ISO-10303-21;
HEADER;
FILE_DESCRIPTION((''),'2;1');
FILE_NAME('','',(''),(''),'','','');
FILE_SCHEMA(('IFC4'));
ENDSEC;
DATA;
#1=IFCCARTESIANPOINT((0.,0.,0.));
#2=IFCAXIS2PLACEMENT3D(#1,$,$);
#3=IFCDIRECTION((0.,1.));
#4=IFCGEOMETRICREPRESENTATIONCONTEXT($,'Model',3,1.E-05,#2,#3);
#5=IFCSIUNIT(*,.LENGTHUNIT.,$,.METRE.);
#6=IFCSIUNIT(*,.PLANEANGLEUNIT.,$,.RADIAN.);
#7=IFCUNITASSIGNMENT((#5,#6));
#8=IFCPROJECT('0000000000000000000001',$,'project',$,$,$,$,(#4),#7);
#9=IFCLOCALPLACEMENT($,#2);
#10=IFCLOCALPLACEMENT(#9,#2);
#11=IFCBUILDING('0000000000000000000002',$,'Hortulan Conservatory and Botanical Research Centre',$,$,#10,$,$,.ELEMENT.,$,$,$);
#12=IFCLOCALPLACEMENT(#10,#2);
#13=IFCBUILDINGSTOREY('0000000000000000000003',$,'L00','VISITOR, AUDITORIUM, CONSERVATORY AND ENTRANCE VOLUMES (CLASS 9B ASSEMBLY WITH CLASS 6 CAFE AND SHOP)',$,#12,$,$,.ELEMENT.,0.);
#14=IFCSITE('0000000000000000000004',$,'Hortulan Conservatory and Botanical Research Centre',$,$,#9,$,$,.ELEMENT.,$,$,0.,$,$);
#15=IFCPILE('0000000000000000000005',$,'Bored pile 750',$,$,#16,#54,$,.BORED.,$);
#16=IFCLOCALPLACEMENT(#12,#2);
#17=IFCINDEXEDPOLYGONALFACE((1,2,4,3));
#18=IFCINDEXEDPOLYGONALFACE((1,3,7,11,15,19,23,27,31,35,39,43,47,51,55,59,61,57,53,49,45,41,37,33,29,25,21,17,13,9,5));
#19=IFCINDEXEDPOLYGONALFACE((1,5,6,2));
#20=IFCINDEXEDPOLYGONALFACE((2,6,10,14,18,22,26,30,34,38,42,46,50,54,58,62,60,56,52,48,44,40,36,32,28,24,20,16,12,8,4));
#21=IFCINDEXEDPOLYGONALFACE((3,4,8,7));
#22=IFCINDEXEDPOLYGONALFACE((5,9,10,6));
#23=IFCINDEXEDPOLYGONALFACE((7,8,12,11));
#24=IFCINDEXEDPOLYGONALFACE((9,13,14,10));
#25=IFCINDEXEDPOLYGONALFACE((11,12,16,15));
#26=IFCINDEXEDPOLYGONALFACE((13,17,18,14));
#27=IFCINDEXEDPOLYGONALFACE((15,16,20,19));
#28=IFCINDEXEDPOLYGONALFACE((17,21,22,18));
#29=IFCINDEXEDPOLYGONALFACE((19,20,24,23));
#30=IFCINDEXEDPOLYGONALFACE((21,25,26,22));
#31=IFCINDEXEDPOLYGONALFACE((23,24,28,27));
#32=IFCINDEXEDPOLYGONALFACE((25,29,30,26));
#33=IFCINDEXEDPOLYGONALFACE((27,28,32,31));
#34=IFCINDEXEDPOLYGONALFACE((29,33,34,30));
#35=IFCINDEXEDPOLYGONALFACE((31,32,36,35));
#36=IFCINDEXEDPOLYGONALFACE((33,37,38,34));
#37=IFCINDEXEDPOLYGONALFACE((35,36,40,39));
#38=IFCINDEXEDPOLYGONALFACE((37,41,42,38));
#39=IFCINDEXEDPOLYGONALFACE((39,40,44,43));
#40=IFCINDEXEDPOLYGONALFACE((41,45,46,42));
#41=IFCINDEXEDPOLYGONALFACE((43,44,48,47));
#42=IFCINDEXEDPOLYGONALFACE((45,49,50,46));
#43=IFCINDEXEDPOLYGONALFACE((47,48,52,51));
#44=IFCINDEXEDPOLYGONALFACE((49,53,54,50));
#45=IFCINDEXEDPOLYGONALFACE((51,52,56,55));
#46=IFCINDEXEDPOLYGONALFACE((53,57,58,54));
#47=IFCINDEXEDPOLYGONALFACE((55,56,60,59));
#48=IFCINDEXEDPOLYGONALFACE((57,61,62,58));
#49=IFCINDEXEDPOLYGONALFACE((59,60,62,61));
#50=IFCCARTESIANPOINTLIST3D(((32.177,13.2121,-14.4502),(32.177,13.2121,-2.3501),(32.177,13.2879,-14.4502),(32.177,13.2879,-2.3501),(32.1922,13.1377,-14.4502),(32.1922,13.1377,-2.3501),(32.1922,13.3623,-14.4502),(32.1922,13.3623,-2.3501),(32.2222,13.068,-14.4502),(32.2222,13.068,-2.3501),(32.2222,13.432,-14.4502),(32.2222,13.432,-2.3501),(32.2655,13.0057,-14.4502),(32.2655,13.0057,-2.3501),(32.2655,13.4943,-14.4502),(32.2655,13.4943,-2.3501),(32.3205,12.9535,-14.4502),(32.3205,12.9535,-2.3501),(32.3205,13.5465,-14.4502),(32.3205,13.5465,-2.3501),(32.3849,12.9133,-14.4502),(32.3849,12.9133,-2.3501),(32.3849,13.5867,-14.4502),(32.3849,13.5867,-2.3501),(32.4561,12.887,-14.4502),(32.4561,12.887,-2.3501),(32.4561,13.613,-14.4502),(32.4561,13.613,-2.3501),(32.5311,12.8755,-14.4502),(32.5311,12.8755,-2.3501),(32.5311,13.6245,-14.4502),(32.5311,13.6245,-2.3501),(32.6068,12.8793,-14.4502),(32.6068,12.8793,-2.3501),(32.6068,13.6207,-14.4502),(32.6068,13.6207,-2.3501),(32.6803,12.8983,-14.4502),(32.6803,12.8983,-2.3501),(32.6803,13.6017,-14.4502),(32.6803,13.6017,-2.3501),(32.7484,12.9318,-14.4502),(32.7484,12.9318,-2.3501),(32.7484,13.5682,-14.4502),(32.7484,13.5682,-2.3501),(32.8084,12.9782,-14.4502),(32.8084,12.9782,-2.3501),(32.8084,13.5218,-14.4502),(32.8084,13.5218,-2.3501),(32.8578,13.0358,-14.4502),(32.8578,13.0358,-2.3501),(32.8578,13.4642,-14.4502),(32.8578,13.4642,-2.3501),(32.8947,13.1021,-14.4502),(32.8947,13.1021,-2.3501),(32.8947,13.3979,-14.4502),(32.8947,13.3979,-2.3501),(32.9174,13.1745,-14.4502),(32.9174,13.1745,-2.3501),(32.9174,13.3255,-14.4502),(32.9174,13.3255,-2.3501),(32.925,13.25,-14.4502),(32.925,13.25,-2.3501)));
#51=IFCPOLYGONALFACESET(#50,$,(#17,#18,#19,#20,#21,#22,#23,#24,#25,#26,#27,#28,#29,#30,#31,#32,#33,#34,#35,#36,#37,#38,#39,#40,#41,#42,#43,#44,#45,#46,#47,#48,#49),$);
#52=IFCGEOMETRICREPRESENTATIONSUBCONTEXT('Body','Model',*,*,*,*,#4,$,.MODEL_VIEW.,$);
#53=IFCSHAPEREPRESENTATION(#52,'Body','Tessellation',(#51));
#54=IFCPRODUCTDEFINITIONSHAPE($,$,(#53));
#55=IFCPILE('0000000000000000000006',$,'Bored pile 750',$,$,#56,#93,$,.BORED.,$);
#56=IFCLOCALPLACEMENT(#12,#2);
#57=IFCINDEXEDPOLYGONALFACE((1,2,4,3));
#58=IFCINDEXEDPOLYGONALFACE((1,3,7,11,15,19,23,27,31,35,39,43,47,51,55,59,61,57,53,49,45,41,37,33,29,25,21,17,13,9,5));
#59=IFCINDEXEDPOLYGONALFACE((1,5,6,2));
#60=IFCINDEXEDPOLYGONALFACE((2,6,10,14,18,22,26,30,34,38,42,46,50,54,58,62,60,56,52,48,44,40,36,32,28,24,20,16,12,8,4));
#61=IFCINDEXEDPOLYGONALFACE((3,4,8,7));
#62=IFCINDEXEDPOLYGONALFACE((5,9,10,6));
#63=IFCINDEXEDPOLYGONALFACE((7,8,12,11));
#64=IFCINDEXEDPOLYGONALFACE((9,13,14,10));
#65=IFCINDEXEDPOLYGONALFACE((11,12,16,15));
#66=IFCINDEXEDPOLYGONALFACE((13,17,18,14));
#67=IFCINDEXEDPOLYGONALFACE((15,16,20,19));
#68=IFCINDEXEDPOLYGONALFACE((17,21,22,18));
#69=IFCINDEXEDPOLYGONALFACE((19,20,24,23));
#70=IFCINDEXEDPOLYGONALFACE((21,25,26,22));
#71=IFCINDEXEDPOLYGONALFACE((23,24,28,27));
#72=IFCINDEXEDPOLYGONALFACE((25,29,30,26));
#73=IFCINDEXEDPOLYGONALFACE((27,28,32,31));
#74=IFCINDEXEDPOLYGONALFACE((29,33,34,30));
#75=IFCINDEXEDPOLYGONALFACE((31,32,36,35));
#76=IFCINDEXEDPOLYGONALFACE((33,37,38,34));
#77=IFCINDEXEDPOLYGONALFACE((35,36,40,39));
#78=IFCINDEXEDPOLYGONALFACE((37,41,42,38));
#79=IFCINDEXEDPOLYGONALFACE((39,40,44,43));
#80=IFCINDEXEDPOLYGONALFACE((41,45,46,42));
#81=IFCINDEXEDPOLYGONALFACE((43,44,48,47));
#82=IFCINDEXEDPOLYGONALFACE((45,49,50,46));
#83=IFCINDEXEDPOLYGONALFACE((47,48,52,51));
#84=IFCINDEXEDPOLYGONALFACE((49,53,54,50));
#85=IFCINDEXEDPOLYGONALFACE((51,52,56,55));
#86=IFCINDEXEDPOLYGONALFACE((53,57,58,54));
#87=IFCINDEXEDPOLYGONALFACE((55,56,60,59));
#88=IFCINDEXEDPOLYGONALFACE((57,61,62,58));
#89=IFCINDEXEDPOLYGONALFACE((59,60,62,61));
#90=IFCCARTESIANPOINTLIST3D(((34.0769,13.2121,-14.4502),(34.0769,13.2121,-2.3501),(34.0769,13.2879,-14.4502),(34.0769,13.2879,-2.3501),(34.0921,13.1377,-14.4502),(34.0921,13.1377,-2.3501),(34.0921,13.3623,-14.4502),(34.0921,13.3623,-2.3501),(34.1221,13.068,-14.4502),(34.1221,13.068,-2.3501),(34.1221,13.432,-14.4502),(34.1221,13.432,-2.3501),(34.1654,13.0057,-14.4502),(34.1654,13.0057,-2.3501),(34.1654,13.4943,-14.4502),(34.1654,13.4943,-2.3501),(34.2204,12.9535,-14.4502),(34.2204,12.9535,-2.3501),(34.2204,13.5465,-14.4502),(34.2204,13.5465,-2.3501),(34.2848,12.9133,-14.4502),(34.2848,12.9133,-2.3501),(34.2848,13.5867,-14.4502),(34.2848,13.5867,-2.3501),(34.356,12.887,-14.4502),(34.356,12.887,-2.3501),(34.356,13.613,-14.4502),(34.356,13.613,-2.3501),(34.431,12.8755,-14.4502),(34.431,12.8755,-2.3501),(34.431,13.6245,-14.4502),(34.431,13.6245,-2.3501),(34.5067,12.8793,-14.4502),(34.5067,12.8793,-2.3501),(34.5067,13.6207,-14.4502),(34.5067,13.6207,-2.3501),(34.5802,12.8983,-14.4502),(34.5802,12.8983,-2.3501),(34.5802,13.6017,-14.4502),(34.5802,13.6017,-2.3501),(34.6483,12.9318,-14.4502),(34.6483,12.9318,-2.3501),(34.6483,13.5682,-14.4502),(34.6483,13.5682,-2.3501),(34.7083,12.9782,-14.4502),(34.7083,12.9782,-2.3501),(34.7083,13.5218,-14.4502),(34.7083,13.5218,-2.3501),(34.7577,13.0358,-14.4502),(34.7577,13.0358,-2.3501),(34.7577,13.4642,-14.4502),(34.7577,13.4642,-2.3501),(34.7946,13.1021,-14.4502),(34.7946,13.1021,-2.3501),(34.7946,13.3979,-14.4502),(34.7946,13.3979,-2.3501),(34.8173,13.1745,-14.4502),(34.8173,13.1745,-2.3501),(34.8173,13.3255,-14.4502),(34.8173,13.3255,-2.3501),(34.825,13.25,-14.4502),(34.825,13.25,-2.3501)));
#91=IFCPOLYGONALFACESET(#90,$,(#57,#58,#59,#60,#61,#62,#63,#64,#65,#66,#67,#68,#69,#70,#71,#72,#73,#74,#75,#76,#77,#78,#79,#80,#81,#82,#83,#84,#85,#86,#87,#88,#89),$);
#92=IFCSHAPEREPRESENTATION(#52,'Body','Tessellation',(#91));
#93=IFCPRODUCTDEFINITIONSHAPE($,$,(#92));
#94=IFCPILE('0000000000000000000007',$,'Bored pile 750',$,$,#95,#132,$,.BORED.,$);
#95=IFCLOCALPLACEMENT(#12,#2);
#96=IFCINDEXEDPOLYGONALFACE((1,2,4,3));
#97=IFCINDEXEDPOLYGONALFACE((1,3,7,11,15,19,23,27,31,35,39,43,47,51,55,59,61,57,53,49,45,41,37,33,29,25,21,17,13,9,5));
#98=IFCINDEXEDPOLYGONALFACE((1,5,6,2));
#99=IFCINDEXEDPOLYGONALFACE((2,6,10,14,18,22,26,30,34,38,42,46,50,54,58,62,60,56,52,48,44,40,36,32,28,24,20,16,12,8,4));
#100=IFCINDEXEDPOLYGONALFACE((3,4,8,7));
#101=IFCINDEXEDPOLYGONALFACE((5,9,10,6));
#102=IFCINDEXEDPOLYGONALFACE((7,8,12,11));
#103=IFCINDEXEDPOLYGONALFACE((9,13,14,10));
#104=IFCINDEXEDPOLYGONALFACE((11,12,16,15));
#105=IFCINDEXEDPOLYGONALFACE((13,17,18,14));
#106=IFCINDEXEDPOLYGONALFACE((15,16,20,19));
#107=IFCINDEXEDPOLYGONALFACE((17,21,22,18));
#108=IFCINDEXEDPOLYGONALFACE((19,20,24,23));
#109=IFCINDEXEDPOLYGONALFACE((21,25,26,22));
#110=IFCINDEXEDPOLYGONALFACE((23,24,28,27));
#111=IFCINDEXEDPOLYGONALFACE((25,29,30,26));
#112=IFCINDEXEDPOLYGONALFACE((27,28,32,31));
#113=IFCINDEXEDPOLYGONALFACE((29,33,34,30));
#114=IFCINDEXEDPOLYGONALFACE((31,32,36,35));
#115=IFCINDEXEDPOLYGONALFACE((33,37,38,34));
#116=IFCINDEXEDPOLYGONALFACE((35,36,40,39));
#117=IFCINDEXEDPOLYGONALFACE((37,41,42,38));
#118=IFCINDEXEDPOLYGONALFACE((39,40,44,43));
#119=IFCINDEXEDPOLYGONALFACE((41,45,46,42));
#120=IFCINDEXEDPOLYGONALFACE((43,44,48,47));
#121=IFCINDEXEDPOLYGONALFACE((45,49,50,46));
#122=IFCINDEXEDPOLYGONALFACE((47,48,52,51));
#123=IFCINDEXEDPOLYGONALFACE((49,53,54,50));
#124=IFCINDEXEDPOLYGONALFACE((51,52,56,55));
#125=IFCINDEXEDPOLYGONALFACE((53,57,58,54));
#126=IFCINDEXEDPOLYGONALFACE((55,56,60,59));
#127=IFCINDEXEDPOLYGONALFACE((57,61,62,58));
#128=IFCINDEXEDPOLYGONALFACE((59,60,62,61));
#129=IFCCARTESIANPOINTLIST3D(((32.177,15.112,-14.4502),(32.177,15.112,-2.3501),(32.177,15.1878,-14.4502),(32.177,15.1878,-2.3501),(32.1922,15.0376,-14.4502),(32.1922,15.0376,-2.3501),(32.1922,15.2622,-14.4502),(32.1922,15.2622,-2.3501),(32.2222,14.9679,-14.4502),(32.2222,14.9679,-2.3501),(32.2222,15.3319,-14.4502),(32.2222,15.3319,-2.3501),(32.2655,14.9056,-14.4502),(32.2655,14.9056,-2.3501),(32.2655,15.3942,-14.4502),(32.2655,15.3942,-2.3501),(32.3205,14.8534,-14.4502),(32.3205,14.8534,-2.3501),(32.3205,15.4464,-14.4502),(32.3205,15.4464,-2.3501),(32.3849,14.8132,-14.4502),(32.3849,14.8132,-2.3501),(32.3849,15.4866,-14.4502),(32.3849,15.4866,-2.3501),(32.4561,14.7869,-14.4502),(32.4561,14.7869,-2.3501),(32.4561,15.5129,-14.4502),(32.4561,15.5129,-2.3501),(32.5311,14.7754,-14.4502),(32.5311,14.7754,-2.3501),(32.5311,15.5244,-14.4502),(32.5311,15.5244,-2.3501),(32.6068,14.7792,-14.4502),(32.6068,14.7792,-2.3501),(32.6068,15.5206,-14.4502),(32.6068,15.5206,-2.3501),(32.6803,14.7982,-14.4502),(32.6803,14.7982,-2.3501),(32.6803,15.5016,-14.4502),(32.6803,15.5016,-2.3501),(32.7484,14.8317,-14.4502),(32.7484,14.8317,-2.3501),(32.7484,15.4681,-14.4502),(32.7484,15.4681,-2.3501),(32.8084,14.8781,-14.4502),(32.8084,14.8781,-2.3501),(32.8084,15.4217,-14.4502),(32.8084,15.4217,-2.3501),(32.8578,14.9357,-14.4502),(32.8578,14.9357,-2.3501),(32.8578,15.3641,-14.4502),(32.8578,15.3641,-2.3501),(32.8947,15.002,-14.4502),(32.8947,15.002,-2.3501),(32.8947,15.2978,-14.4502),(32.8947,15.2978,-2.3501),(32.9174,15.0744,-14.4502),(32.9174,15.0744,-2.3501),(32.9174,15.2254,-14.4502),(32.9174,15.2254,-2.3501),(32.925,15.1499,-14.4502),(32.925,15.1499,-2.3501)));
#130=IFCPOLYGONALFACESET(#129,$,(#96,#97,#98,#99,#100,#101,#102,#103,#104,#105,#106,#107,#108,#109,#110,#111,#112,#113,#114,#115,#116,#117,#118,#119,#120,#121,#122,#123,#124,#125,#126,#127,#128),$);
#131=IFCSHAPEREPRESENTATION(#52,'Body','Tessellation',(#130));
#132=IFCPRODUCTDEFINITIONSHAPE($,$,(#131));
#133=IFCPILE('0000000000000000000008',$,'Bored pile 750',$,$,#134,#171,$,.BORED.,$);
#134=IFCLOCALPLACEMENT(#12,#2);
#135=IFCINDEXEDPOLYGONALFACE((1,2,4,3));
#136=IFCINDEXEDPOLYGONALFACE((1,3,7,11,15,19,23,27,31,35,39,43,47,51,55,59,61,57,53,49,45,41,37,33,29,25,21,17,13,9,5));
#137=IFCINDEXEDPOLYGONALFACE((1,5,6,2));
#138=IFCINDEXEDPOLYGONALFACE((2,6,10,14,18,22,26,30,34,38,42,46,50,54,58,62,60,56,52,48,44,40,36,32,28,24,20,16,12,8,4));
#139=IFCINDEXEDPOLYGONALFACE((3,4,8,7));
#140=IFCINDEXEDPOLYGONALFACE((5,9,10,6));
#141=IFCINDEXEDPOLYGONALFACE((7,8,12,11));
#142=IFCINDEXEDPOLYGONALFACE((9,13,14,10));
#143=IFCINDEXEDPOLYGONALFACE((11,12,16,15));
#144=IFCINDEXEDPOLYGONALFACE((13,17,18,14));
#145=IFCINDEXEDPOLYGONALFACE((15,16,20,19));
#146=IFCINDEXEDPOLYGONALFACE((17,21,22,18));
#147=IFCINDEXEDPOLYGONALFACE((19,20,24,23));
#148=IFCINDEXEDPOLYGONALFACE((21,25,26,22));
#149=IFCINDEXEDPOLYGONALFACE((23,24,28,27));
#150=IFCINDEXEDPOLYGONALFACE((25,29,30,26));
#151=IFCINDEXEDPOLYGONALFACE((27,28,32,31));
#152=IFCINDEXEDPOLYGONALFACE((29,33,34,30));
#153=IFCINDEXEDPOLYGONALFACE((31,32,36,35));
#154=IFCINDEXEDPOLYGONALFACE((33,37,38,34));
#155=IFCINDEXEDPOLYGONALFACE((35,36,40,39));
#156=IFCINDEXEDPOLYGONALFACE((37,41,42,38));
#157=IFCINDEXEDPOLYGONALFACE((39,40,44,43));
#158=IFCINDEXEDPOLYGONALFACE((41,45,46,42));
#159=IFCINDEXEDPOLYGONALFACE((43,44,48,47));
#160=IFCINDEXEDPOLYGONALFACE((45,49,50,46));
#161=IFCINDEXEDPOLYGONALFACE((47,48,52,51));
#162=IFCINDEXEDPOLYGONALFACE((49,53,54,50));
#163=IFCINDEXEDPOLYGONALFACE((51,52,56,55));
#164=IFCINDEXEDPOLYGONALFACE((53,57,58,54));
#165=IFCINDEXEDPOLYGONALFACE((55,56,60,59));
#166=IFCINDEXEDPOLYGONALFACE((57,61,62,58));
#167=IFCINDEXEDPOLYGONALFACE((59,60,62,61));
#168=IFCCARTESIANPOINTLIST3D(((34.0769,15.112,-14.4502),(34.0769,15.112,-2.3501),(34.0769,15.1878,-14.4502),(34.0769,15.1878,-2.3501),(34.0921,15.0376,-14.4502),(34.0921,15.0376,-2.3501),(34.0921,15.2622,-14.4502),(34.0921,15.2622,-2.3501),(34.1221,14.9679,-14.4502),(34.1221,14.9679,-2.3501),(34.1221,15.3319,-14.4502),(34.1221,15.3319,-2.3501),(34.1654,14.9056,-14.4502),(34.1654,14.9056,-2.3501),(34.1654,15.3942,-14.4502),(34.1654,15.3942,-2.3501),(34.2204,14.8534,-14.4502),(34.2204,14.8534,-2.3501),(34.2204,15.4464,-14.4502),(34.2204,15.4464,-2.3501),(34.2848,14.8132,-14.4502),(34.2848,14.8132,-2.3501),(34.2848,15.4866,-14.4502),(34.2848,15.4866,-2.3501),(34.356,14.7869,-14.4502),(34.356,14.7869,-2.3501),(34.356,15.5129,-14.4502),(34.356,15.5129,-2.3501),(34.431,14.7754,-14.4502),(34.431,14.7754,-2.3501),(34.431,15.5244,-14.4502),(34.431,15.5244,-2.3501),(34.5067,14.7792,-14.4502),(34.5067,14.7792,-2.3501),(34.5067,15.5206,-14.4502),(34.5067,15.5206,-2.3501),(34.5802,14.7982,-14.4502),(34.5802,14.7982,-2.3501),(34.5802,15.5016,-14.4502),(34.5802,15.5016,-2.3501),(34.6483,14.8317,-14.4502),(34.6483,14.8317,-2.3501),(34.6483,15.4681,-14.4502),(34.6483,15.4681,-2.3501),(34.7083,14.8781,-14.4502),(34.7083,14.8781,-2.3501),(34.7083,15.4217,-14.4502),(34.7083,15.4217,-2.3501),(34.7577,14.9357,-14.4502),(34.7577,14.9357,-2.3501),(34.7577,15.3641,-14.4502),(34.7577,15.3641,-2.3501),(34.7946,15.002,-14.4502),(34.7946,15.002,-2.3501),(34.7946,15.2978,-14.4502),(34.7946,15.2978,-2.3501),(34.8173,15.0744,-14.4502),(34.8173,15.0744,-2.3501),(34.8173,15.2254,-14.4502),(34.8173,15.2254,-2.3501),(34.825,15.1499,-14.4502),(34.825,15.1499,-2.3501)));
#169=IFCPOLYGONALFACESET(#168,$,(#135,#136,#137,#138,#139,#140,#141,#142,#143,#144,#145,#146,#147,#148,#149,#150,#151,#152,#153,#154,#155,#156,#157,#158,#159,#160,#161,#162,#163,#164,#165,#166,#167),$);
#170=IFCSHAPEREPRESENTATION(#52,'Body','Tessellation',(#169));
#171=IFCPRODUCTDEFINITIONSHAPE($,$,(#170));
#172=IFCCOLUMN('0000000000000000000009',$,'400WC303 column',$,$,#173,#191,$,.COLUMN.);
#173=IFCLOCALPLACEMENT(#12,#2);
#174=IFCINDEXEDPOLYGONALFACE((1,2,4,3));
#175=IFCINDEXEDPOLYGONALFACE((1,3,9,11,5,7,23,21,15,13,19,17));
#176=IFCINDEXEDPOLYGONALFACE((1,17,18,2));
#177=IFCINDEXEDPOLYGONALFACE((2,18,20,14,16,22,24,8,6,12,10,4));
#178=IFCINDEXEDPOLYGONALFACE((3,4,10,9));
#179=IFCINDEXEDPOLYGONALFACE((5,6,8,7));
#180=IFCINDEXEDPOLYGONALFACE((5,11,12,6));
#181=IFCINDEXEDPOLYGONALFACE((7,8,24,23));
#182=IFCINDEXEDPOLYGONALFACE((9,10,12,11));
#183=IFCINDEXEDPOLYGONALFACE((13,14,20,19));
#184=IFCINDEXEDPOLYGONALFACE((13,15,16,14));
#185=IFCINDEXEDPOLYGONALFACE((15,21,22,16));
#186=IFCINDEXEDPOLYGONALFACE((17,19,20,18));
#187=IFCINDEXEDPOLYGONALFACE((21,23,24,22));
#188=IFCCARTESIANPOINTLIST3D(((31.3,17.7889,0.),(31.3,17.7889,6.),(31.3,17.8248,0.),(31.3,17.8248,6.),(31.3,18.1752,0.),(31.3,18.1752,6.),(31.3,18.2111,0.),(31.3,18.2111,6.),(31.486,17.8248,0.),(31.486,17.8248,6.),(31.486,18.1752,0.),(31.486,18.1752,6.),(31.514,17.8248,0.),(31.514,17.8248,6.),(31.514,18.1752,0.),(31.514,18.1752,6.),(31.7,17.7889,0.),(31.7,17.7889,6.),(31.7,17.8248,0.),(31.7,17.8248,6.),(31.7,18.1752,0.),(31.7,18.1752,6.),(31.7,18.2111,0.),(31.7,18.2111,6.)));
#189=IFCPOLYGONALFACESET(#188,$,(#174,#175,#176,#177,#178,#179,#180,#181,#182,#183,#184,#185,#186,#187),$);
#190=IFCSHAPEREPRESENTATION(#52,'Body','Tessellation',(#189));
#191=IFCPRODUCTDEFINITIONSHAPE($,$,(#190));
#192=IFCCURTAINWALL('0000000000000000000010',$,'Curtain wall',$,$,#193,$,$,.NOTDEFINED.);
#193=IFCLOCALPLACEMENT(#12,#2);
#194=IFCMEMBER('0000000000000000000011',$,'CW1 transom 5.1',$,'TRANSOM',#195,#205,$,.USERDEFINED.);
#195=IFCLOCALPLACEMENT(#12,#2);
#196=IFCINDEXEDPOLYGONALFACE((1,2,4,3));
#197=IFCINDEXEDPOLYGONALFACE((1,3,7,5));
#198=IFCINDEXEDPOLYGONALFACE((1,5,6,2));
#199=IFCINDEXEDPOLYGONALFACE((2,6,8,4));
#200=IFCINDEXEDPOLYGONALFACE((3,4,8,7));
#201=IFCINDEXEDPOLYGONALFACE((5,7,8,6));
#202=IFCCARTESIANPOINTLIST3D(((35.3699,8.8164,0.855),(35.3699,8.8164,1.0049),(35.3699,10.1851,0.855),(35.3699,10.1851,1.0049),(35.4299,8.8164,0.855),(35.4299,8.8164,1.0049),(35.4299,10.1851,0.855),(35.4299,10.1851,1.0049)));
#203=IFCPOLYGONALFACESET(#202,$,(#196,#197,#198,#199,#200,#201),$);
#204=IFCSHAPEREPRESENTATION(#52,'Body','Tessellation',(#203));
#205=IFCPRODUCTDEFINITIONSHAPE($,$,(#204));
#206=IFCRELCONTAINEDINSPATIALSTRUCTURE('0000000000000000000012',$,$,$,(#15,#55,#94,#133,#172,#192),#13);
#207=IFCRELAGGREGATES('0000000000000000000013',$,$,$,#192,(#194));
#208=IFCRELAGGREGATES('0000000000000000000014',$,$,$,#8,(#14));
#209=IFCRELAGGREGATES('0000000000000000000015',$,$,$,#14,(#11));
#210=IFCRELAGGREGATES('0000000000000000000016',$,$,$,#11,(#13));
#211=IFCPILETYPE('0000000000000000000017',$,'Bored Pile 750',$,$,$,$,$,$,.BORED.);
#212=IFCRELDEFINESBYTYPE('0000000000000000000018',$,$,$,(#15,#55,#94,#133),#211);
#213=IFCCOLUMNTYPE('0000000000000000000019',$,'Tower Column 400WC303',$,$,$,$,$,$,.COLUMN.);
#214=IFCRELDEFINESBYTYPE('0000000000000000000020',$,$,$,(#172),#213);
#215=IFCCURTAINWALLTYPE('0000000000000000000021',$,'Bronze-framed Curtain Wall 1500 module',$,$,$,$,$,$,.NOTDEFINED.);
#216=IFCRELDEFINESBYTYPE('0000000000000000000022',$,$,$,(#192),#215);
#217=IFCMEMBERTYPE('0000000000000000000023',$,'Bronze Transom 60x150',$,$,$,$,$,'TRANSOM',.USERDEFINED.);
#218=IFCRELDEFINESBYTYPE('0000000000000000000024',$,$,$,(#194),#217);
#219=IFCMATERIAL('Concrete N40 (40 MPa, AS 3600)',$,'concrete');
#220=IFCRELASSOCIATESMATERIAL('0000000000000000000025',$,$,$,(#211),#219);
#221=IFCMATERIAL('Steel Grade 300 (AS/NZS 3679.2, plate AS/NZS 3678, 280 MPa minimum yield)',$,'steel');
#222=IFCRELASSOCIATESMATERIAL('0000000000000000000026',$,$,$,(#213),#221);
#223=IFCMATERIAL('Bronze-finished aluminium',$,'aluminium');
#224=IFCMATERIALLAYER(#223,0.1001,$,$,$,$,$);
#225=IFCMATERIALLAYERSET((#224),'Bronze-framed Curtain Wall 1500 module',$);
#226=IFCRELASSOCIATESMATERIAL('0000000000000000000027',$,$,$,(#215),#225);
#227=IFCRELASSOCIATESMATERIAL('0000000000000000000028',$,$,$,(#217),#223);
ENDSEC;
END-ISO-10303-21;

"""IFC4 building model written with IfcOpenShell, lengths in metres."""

from ifc_helpers import new_model, si_unit, direction, frame, origin, origin_2d, place, context, subcontext, project, spatial, rectangle, circle, i_section, extrude, material, layer, layer_set, material_profile, profile_set, type_object, element, aggregate, save


model = new_model("IFC4")

# Units and contexts
model_context = context("Model", 3, precision=1e-05, world=origin(), true_north=direction((0.0, 1.0)))
body_context = subcontext(model_context, "Body", "Model", "MODEL_VIEW")
ifc_project = project(units=[si_unit("LENGTHUNIT", "METRE"), si_unit("PLANEANGLEUNIT", "RADIAN")], contexts=[model_context])

# Site, building, storey
site_placement = place(None, origin())
site = spatial("IfcSite", under=ifc_project, at=site_placement, Name="Hortulan Conservatory and Botanical Research Centre", CompositionType="ELEMENT", RefElevation=0.0)
building_placement = place(site_placement, origin())
building = spatial("IfcBuilding", under=site, at=building_placement, Name="Hortulan Conservatory and Botanical Research Centre", CompositionType="ELEMENT")
storey_placement = place(building_placement, origin())
storey = spatial("IfcBuildingStorey", under=building, at=storey_placement, Name="L00", Description="VISITOR, AUDITORIUM, CONSERVATORY AND ENTRANCE VOLUMES (CLASS 9B ASSEMBLY WITH CLASS 6 CAFE AND SHOP)", CompositionType="ELEMENT", Elevation=0.0)

# Piles
ifc_material_1 = material(Name="Concrete N40 (40 MPa, AS 3600)", Category="concrete")
ifc_material_profile_1 = material_profile(ifc_material_1, circle(Radius=0.375, at=origin_2d()), Name="Bored pile 750 diameter")
ifc_profile_set_1 = profile_set([ifc_material_profile_1], Name="Concrete N40 (40 MPa, AS 3600)")
pile_type = type_object("IfcPileType", Name="Bored Pile 750", PredefinedType="BORED", material=ifc_profile_set_1)
for number, where, z_axis, x_axis, name in (
    (1, (32.55, 13.25, -2.3501), (0.0, 0.0, -1.0), (1.0, 0.0, 0.0), "Bored pile 750"),
    (2, (34.45, 13.25, -2.3501), (0.0, 0.0, -1.0), (1.0, 0.0, 0.0), "Bored pile 750"),
    (3, (32.55, 15.1499, -2.3501), (0.0, 0.0, -1.0), (1.0, 0.0, 0.0), "Bored pile 750"),
    (4, (34.45, 15.1499, -2.3501), (0.0, 0.0, -1.0), (1.0, 0.0, 0.0), "Bored pile 750"),
):
    element("IfcPile", number, at=place(storey_placement, frame(where, z_axis=z_axis, x_axis=x_axis)), inside=storey, type_object=pile_type, Name=name, PredefinedType="BORED", context=body_context, shape_type="SweptSolid", body=[
        extrude(circle(Radius=0.375, at=origin_2d()), origin(), (0.0, 0.0, 1.0), 12.1001),
    ])

# Column
ifc_material_2 = material(Name="Steel Grade 300 (AS/NZS 3679.2, plate AS/NZS 3678, 280 MPa minimum yield)", Category="steel")
ifc_material_profile_2 = material_profile(ifc_material_2, i_section(OverallWidth=0.3999, OverallDepth=0.4221, WebThickness=0.0281, FlangeThickness=0.0359, at=origin_2d()), Name="400WC303")
ifc_profile_set_2 = profile_set([ifc_material_profile_2], Name="Steel Grade 300 (AS/NZS 3679.2, plate AS/NZS 3678, 280 MPa minimum yield)")
column_type = type_object("IfcColumnType", Name="Tower Column 400WC303", PredefinedType="COLUMN", material=ifc_profile_set_2)
column_placement = place(storey_placement, frame((31.5, 18.0, 0.0), z_axis=(0.0, 0.0, 1.0), x_axis=(1.0, 0.0, 0.0)))
element("IfcColumn", 5, at=column_placement, inside=storey, type_object=column_type, Name="400WC303 column", PredefinedType="COLUMN", context=body_context, shape_type="SweptSolid", body=[
    extrude(i_section(OverallWidth=0.3999, OverallDepth=0.4221, WebThickness=0.0281, FlangeThickness=0.0359, at=origin_2d()), origin(), (0.0, 0.0, 1.0), 6.0),
])

# Curtain wall, member
ifc_material_3 = material(Name="Bronze-finished aluminium", Category="aluminium")
ifc_layer_1 = layer(ifc_material_3, 0.1001)
ifc_layer_set_1 = layer_set([ifc_layer_1], Name="Bronze-framed Curtain Wall 1500 module")
curtain_wall_type = type_object("IfcCurtainWallType", Name="Bronze-framed Curtain Wall 1500 module", PredefinedType="NOTDEFINED", material=ifc_layer_set_1)
curtain_wall_placement = place(storey_placement, origin())
curtain_wall = element("IfcCurtainWall", 6, at=curtain_wall_placement, inside=storey, type_object=curtain_wall_type, Name="Curtain wall", PredefinedType="NOTDEFINED")
ifc_material_profile_3 = material_profile(ifc_material_3, rectangle(XDim=0.0601, YDim=0.1499, at=origin_2d()), Name="Bronze Transom 60x150")
ifc_profile_set_3 = profile_set([ifc_material_profile_3], Name="Bronze-finished aluminium")
member_type = type_object("IfcMemberType", Name="Bronze Transom 60x150", ElementType="TRANSOM", PredefinedType="USERDEFINED", material=ifc_profile_set_3)
member_placement = place(storey_placement, frame((35.3999, 10.1851, 0.9299), z_axis=(0.0, -1.0, 0.0), x_axis=(1.0, 0.0, 0.0)))
member = element("IfcMember", 7, at=member_placement, type_object=member_type, Name="CW1 transom 5.1", ObjectType="TRANSOM", PredefinedType="USERDEFINED", context=body_context, shape_type="SweptSolid", body=[
    extrude(rectangle(XDim=0.0601, YDim=0.1499, at=origin_2d()), origin(), (0.0, 0.0, 1.0), 1.3687),
])

aggregate(curtain_wall, [member])

save(model, "model.ifc")
